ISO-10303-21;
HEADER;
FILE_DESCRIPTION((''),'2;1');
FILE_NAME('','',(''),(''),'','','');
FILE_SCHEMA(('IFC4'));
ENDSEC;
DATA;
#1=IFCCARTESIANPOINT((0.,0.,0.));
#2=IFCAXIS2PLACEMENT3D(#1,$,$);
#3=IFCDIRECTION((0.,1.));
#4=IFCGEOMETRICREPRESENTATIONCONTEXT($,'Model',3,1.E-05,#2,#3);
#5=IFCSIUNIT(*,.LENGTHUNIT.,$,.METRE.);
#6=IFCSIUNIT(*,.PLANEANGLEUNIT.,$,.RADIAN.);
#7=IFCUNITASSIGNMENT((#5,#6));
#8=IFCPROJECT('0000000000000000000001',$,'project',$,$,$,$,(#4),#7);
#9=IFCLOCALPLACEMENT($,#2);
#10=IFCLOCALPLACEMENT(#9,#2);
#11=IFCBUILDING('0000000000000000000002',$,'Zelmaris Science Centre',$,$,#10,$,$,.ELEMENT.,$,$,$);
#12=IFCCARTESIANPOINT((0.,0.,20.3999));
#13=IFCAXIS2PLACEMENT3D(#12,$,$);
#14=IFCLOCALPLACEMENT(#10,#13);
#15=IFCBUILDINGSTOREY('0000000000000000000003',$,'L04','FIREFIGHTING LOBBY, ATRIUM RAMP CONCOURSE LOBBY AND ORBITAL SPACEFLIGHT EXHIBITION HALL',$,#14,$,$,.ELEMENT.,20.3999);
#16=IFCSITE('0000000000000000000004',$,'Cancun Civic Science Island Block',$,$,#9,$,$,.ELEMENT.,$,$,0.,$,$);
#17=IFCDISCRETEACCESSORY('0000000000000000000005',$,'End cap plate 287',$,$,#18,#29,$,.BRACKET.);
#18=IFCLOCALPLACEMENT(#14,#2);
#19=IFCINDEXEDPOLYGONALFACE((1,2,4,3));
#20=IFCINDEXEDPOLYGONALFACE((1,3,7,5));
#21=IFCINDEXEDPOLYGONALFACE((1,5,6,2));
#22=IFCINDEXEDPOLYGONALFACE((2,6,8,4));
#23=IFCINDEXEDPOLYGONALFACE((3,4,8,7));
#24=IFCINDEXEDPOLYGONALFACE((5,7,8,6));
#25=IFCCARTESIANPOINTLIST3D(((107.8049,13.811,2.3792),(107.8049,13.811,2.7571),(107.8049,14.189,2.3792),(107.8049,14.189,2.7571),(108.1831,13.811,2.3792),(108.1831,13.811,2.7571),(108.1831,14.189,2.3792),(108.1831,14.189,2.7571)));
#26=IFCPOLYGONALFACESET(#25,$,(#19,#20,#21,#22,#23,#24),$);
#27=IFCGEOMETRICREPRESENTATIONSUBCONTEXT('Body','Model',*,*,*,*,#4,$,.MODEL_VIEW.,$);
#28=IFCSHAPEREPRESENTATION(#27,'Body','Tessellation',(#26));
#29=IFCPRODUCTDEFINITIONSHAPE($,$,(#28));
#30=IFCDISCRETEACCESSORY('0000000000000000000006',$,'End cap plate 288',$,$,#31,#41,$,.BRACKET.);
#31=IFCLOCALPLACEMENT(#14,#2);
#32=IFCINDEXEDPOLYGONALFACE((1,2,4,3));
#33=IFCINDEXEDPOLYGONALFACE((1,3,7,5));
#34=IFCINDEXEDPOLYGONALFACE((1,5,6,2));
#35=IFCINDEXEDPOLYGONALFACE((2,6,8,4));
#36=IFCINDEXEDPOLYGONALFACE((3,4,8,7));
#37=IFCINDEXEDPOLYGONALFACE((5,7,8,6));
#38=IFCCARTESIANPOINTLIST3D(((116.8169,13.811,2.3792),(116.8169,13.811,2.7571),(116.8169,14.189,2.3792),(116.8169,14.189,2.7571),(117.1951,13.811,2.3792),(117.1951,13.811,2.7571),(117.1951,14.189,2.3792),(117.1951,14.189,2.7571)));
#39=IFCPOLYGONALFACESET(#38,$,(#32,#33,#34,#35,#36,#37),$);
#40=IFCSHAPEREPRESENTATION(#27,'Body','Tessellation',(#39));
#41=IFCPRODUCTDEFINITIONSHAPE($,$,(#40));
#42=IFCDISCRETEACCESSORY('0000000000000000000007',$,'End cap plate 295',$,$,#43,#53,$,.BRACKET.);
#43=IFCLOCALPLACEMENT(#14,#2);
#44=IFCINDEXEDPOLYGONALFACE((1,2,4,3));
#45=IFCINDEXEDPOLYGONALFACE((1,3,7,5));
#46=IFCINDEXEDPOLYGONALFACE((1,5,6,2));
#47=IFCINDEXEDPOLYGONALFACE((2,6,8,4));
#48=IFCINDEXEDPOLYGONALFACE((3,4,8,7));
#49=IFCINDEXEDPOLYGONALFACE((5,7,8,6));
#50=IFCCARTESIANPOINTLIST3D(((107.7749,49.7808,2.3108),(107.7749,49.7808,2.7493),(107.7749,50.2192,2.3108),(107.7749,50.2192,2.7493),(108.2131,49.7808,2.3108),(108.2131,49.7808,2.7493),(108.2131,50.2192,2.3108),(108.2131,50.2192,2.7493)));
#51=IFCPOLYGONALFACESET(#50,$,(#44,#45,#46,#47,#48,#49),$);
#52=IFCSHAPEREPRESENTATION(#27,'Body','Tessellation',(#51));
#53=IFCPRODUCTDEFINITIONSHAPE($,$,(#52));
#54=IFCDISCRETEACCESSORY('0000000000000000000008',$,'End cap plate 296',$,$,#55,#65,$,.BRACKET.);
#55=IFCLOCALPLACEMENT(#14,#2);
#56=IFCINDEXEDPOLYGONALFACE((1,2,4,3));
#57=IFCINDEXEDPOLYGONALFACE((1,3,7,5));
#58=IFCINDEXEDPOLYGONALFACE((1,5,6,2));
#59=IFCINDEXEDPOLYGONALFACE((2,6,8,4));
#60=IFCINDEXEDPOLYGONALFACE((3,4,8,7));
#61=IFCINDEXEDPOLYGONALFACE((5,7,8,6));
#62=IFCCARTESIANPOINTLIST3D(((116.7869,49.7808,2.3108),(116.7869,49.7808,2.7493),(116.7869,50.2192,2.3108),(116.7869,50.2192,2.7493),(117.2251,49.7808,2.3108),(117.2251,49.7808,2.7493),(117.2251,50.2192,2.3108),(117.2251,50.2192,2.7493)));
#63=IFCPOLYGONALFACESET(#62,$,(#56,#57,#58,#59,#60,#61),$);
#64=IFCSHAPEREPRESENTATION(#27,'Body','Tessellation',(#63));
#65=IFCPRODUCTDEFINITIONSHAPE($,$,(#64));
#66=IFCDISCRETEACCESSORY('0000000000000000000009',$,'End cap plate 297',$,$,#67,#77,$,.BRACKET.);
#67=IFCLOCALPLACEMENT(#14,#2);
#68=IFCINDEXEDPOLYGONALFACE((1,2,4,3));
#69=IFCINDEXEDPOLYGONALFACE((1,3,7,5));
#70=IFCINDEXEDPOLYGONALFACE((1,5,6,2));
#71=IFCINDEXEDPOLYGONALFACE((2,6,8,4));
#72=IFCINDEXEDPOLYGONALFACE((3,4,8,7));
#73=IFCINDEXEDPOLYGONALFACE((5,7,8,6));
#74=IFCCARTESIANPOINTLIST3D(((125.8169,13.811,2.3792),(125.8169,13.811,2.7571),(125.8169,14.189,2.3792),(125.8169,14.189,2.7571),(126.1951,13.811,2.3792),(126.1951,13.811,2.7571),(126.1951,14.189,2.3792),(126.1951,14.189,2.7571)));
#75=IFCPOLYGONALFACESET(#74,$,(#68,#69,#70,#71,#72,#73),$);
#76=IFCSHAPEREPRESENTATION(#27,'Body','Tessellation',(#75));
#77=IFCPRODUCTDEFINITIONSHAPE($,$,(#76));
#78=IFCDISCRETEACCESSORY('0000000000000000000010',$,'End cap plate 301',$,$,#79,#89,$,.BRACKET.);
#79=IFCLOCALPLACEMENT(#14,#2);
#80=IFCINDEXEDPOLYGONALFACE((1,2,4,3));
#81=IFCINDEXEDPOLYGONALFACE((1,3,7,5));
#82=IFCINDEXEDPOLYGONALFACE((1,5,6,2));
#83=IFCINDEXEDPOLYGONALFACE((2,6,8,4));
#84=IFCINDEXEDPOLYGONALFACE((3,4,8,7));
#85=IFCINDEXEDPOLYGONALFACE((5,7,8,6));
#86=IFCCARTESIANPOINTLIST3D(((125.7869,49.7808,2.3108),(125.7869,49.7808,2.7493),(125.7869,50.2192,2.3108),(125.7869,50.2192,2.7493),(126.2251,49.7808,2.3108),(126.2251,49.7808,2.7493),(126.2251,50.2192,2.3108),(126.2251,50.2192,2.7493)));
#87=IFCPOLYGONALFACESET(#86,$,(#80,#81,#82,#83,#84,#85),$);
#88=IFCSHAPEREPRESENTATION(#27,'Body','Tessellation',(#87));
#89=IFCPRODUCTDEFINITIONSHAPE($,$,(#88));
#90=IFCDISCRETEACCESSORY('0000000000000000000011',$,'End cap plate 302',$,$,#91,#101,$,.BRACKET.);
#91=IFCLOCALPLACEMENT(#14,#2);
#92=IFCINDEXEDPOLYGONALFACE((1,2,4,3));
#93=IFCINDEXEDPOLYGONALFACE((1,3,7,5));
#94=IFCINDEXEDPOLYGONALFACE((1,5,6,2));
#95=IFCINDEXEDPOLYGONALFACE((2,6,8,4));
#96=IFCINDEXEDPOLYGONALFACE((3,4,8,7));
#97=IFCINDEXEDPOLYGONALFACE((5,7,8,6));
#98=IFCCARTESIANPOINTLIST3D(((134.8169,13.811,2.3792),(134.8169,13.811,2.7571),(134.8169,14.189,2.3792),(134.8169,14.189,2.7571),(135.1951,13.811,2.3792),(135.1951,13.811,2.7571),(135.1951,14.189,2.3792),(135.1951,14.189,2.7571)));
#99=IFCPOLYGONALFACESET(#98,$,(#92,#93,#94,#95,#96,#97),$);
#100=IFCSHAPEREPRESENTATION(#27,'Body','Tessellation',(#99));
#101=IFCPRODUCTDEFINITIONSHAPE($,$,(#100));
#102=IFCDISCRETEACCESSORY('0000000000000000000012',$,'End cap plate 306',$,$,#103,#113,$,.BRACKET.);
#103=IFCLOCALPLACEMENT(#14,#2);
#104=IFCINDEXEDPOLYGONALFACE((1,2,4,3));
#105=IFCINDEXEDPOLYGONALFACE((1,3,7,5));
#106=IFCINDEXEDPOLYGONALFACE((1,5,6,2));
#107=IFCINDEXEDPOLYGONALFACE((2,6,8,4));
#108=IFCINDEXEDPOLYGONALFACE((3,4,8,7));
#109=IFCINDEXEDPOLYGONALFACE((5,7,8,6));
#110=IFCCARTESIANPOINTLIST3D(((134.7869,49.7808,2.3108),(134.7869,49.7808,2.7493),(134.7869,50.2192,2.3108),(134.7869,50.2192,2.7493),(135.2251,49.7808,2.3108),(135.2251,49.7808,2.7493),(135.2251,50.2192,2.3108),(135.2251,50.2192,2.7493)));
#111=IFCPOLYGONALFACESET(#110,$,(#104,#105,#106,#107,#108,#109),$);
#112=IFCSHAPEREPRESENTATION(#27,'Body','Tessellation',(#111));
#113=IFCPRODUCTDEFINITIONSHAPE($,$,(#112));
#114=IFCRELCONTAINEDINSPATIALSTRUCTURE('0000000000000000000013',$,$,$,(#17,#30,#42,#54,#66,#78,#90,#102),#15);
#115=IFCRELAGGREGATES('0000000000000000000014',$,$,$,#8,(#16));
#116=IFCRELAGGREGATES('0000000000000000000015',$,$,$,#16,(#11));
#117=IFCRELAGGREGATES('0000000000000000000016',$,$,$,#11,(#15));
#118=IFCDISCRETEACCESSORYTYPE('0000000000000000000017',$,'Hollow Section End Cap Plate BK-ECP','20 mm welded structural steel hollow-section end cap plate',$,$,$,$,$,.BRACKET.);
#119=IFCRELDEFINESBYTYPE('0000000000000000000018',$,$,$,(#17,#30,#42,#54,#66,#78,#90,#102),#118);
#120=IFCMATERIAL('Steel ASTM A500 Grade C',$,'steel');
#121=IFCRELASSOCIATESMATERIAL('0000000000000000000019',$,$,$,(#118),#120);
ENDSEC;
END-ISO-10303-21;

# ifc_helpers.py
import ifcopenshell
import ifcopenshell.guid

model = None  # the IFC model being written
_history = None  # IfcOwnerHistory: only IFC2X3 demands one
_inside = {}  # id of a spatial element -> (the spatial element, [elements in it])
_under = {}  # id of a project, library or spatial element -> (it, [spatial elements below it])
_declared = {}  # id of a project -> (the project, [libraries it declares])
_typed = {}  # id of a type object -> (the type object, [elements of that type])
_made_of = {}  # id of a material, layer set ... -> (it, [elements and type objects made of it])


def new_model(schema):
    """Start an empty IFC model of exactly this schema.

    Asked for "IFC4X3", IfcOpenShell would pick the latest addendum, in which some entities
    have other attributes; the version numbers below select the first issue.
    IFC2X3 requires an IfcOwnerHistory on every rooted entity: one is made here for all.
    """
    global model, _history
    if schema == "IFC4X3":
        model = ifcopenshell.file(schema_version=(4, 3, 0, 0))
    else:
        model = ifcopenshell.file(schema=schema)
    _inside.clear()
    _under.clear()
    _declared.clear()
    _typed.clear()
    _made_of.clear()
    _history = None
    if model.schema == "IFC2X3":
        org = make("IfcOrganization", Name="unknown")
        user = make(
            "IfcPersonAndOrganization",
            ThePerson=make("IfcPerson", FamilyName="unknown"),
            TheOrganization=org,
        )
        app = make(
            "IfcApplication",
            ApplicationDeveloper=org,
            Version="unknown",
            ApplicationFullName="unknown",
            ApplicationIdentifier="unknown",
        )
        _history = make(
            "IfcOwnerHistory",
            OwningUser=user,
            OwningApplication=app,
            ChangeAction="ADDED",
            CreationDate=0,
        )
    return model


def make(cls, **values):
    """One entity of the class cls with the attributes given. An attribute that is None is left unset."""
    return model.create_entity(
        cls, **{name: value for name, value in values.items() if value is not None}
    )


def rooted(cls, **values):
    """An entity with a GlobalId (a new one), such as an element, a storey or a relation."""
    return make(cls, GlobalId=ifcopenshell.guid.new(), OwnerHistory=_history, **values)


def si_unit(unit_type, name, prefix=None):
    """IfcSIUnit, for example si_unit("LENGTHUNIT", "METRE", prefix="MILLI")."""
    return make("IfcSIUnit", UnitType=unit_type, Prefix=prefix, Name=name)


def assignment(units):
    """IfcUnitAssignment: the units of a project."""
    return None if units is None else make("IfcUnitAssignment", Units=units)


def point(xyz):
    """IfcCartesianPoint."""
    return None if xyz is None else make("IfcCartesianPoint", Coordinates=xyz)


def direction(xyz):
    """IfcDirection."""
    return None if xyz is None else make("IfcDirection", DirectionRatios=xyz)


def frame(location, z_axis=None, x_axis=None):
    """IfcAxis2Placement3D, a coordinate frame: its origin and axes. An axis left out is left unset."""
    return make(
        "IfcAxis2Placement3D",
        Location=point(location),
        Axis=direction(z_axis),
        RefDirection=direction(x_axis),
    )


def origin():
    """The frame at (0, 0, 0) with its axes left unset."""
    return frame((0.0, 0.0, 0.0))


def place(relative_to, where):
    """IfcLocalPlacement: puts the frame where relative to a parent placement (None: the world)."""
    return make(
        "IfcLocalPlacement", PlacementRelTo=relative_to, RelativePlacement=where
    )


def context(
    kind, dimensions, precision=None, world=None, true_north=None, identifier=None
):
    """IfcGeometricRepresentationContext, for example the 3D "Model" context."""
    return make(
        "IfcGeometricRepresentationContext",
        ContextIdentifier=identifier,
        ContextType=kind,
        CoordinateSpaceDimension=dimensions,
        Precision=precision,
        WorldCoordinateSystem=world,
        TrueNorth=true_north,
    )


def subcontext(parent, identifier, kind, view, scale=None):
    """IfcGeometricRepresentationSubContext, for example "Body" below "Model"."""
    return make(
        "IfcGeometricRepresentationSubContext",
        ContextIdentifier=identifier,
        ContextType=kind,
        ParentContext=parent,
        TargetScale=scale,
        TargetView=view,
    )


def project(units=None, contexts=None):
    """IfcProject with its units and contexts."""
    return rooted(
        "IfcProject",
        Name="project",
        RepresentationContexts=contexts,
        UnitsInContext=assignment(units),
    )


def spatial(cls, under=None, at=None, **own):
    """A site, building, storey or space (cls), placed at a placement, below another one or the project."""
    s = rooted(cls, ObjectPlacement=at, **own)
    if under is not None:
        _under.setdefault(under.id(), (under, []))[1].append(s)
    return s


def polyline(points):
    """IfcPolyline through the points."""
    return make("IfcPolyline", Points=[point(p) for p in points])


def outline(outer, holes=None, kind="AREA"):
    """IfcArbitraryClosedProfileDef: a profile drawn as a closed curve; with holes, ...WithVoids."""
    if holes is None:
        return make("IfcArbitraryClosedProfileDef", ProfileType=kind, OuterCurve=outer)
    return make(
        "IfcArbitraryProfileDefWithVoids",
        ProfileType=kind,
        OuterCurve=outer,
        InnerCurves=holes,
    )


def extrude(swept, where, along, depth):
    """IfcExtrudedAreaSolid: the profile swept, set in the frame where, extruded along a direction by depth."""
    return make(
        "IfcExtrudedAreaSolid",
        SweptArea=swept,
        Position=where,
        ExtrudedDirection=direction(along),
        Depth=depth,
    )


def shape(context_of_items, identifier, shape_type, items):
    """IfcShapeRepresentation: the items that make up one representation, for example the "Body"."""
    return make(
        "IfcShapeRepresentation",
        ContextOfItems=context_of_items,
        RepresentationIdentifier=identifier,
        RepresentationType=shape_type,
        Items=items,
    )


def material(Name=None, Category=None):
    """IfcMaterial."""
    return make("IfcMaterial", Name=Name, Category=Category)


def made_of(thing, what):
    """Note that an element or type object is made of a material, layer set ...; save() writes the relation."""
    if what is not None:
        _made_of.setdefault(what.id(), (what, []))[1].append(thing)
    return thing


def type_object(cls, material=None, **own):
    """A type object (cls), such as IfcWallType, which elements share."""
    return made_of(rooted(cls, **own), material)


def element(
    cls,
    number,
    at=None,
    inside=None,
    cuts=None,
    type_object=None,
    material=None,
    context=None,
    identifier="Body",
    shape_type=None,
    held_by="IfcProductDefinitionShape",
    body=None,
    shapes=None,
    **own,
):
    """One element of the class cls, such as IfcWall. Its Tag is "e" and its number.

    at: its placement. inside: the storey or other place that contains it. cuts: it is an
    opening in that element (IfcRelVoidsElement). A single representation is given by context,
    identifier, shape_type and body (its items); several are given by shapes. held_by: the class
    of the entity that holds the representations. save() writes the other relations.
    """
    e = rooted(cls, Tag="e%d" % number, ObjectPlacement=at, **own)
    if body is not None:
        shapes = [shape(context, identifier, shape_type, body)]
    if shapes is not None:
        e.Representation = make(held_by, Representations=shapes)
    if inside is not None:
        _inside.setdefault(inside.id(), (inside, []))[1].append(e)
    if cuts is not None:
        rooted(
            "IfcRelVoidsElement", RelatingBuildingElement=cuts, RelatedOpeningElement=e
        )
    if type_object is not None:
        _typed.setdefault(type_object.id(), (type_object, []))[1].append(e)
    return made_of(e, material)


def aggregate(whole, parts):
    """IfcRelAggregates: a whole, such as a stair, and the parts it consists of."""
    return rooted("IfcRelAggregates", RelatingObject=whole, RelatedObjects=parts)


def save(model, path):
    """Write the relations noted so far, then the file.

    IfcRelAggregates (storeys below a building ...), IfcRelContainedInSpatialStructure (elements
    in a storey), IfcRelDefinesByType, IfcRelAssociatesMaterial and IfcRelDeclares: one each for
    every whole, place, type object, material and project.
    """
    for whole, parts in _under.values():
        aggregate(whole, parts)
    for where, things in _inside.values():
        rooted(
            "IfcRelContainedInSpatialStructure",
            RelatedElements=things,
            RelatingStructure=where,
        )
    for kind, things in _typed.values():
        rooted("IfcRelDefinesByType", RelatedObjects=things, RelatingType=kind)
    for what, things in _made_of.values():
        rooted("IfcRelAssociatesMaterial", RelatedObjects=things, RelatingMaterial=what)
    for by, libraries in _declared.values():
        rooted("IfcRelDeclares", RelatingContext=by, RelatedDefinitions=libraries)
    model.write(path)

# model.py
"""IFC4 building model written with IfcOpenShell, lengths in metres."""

from ifc_helpers import new_model, si_unit, direction, frame, origin, place, context, subcontext, project, spatial, polyline, outline, extrude, material, type_object, element, save


model = new_model("IFC4")

# Units and contexts
model_context = context("Model", 3, precision=1e-05, world=origin(), true_north=direction((0.0, 1.0)))
body_context = subcontext(model_context, "Body", "Model", "MODEL_VIEW")
ifc_project = project(units=[si_unit("LENGTHUNIT", "METRE"), si_unit("PLANEANGLEUNIT", "RADIAN")], contexts=[model_context])

# Site, building, storey
site_placement = place(None, origin())
site = spatial("IfcSite", under=ifc_project, at=site_placement, Name="Cancun Civic Science Island Block", CompositionType="ELEMENT", RefElevation=0.0)
building_placement = place(site_placement, origin())
building = spatial("IfcBuilding", under=site, at=building_placement, Name="Zelmaris Science Centre", CompositionType="ELEMENT")
storey_placement = place(building_placement, frame((0.0, 0.0, 20.3999)))
storey = spatial("IfcBuildingStorey", under=building, at=storey_placement, Name="L04", Description="FIREFIGHTING LOBBY, ATRIUM RAMP CONCOURSE LOBBY AND ORBITAL SPACEFLIGHT EXHIBITION HALL", CompositionType="ELEMENT", Elevation=20.3999)

# Discrete accessories
ifc_material = material(Name="Steel ASTM A500 Grade C", Category="steel")
discrete_accessory_type = type_object("IfcDiscreteAccessoryType", Name="Hollow Section End Cap Plate BK-ECP", Description="20 mm welded structural steel hollow-section end cap plate", PredefinedType="BRACKET", material=ifc_material)
discrete_accessory_1_placement = place(storey_placement, frame((0.0, 0.0, 2.3792)))
element("IfcDiscreteAccessory", 1, at=discrete_accessory_1_placement, inside=storey, type_object=discrete_accessory_type, Name="End cap plate 287", PredefinedType="BRACKET", context=body_context, shape_type="SweptSolid", body=[
    extrude(outline(polyline([(107.8049, 13.811), (108.1831, 13.811), (108.1831, 14.189), (107.8049, 14.189), (107.8049, 13.811)])), origin(), (0.0, 0.0, 1.0), 0.3779),
])
discrete_accessory_2_placement = place(storey_placement, frame((0.0, 0.0, 2.3792)))
element("IfcDiscreteAccessory", 2, at=discrete_accessory_2_placement, inside=storey, type_object=discrete_accessory_type, Name="End cap plate 288", PredefinedType="BRACKET", context=body_context, shape_type="SweptSolid", body=[
    extrude(outline(polyline([(116.8169, 13.811), (117.1951, 13.811), (117.1951, 14.189), (116.8169, 14.189), (116.8169, 13.811)])), origin(), (0.0, 0.0, 1.0), 0.3779),
])
discrete_accessory_3_placement = place(storey_placement, frame((0.0, 0.0, 2.3108)))
element("IfcDiscreteAccessory", 3, at=discrete_accessory_3_placement, inside=storey, type_object=discrete_accessory_type, Name="End cap plate 295", PredefinedType="BRACKET", context=body_context, shape_type="SweptSolid", body=[
    extrude(outline(polyline([(107.7749, 49.7808), (108.2131, 49.7808), (108.2131, 50.2192), (107.7749, 50.2192), (107.7749, 49.7808)])), origin(), (0.0, 0.0, 1.0), 0.4385),
])
discrete_accessory_4_placement = place(storey_placement, frame((0.0, 0.0, 2.3108)))
element("IfcDiscreteAccessory", 4, at=discrete_accessory_4_placement, inside=storey, type_object=discrete_accessory_type, Name="End cap plate 296", PredefinedType="BRACKET", context=body_context, shape_type="SweptSolid", body=[
    extrude(outline(polyline([(116.7869, 49.7808), (117.2251, 49.7808), (117.2251, 50.2192), (116.7869, 50.2192), (116.7869, 49.7808)])), origin(), (0.0, 0.0, 1.0), 0.4385),
])
discrete_accessory_5_placement = place(storey_placement, frame((0.0, 0.0, 2.3792)))
element("IfcDiscreteAccessory", 5, at=discrete_accessory_5_placement, inside=storey, type_object=discrete_accessory_type, Name="End cap plate 297", PredefinedType="BRACKET", context=body_context, shape_type="SweptSolid", body=[
    extrude(outline(polyline([(125.8169, 13.811), (126.1951, 13.811), (126.1951, 14.189), (125.8169, 14.189), (125.8169, 13.811)])), origin(), (0.0, 0.0, 1.0), 0.3779),
])
discrete_accessory_6_placement = place(storey_placement, frame((0.0, 0.0, 2.3108)))
element("IfcDiscreteAccessory", 6, at=discrete_accessory_6_placement, inside=storey, type_object=discrete_accessory_type, Name="End cap plate 301", PredefinedType="BRACKET", context=body_context, shape_type="SweptSolid", body=[
    extrude(outline(polyline([(125.7869, 49.7808), (126.2251, 49.7808), (126.2251, 50.2192), (125.7869, 50.2192), (125.7869, 49.7808)])), origin(), (0.0, 0.0, 1.0), 0.4385),
])
discrete_accessory_7_placement = place(storey_placement, frame((0.0, 0.0, 2.3792)))
element("IfcDiscreteAccessory", 7, at=discrete_accessory_7_placement, inside=storey, type_object=discrete_accessory_type, Name="End cap plate 302", PredefinedType="BRACKET", context=body_context, shape_type="SweptSolid", body=[
    extrude(outline(polyline([(134.8169, 13.811), (135.1951, 13.811), (135.1951, 14.189), (134.8169, 14.189), (134.8169, 13.811)])), origin(), (0.0, 0.0, 1.0), 0.3779),
])
discrete_accessory_8_placement = place(storey_placement, frame((0.0, 0.0, 2.3108)))
element("IfcDiscreteAccessory", 8, at=discrete_accessory_8_placement, inside=storey, type_object=discrete_accessory_type, Name="End cap plate 306", PredefinedType="BRACKET", context=body_context, shape_type="SweptSolid", body=[
    extrude(outline(polyline([(134.7869, 49.7808), (135.2251, 49.7808), (135.2251, 50.2192), (134.7869, 50.2192), (134.7869, 49.7808)])), origin(), (0.0, 0.0, 1.0), 0.4385),
])

save(model, "model.ifc")
